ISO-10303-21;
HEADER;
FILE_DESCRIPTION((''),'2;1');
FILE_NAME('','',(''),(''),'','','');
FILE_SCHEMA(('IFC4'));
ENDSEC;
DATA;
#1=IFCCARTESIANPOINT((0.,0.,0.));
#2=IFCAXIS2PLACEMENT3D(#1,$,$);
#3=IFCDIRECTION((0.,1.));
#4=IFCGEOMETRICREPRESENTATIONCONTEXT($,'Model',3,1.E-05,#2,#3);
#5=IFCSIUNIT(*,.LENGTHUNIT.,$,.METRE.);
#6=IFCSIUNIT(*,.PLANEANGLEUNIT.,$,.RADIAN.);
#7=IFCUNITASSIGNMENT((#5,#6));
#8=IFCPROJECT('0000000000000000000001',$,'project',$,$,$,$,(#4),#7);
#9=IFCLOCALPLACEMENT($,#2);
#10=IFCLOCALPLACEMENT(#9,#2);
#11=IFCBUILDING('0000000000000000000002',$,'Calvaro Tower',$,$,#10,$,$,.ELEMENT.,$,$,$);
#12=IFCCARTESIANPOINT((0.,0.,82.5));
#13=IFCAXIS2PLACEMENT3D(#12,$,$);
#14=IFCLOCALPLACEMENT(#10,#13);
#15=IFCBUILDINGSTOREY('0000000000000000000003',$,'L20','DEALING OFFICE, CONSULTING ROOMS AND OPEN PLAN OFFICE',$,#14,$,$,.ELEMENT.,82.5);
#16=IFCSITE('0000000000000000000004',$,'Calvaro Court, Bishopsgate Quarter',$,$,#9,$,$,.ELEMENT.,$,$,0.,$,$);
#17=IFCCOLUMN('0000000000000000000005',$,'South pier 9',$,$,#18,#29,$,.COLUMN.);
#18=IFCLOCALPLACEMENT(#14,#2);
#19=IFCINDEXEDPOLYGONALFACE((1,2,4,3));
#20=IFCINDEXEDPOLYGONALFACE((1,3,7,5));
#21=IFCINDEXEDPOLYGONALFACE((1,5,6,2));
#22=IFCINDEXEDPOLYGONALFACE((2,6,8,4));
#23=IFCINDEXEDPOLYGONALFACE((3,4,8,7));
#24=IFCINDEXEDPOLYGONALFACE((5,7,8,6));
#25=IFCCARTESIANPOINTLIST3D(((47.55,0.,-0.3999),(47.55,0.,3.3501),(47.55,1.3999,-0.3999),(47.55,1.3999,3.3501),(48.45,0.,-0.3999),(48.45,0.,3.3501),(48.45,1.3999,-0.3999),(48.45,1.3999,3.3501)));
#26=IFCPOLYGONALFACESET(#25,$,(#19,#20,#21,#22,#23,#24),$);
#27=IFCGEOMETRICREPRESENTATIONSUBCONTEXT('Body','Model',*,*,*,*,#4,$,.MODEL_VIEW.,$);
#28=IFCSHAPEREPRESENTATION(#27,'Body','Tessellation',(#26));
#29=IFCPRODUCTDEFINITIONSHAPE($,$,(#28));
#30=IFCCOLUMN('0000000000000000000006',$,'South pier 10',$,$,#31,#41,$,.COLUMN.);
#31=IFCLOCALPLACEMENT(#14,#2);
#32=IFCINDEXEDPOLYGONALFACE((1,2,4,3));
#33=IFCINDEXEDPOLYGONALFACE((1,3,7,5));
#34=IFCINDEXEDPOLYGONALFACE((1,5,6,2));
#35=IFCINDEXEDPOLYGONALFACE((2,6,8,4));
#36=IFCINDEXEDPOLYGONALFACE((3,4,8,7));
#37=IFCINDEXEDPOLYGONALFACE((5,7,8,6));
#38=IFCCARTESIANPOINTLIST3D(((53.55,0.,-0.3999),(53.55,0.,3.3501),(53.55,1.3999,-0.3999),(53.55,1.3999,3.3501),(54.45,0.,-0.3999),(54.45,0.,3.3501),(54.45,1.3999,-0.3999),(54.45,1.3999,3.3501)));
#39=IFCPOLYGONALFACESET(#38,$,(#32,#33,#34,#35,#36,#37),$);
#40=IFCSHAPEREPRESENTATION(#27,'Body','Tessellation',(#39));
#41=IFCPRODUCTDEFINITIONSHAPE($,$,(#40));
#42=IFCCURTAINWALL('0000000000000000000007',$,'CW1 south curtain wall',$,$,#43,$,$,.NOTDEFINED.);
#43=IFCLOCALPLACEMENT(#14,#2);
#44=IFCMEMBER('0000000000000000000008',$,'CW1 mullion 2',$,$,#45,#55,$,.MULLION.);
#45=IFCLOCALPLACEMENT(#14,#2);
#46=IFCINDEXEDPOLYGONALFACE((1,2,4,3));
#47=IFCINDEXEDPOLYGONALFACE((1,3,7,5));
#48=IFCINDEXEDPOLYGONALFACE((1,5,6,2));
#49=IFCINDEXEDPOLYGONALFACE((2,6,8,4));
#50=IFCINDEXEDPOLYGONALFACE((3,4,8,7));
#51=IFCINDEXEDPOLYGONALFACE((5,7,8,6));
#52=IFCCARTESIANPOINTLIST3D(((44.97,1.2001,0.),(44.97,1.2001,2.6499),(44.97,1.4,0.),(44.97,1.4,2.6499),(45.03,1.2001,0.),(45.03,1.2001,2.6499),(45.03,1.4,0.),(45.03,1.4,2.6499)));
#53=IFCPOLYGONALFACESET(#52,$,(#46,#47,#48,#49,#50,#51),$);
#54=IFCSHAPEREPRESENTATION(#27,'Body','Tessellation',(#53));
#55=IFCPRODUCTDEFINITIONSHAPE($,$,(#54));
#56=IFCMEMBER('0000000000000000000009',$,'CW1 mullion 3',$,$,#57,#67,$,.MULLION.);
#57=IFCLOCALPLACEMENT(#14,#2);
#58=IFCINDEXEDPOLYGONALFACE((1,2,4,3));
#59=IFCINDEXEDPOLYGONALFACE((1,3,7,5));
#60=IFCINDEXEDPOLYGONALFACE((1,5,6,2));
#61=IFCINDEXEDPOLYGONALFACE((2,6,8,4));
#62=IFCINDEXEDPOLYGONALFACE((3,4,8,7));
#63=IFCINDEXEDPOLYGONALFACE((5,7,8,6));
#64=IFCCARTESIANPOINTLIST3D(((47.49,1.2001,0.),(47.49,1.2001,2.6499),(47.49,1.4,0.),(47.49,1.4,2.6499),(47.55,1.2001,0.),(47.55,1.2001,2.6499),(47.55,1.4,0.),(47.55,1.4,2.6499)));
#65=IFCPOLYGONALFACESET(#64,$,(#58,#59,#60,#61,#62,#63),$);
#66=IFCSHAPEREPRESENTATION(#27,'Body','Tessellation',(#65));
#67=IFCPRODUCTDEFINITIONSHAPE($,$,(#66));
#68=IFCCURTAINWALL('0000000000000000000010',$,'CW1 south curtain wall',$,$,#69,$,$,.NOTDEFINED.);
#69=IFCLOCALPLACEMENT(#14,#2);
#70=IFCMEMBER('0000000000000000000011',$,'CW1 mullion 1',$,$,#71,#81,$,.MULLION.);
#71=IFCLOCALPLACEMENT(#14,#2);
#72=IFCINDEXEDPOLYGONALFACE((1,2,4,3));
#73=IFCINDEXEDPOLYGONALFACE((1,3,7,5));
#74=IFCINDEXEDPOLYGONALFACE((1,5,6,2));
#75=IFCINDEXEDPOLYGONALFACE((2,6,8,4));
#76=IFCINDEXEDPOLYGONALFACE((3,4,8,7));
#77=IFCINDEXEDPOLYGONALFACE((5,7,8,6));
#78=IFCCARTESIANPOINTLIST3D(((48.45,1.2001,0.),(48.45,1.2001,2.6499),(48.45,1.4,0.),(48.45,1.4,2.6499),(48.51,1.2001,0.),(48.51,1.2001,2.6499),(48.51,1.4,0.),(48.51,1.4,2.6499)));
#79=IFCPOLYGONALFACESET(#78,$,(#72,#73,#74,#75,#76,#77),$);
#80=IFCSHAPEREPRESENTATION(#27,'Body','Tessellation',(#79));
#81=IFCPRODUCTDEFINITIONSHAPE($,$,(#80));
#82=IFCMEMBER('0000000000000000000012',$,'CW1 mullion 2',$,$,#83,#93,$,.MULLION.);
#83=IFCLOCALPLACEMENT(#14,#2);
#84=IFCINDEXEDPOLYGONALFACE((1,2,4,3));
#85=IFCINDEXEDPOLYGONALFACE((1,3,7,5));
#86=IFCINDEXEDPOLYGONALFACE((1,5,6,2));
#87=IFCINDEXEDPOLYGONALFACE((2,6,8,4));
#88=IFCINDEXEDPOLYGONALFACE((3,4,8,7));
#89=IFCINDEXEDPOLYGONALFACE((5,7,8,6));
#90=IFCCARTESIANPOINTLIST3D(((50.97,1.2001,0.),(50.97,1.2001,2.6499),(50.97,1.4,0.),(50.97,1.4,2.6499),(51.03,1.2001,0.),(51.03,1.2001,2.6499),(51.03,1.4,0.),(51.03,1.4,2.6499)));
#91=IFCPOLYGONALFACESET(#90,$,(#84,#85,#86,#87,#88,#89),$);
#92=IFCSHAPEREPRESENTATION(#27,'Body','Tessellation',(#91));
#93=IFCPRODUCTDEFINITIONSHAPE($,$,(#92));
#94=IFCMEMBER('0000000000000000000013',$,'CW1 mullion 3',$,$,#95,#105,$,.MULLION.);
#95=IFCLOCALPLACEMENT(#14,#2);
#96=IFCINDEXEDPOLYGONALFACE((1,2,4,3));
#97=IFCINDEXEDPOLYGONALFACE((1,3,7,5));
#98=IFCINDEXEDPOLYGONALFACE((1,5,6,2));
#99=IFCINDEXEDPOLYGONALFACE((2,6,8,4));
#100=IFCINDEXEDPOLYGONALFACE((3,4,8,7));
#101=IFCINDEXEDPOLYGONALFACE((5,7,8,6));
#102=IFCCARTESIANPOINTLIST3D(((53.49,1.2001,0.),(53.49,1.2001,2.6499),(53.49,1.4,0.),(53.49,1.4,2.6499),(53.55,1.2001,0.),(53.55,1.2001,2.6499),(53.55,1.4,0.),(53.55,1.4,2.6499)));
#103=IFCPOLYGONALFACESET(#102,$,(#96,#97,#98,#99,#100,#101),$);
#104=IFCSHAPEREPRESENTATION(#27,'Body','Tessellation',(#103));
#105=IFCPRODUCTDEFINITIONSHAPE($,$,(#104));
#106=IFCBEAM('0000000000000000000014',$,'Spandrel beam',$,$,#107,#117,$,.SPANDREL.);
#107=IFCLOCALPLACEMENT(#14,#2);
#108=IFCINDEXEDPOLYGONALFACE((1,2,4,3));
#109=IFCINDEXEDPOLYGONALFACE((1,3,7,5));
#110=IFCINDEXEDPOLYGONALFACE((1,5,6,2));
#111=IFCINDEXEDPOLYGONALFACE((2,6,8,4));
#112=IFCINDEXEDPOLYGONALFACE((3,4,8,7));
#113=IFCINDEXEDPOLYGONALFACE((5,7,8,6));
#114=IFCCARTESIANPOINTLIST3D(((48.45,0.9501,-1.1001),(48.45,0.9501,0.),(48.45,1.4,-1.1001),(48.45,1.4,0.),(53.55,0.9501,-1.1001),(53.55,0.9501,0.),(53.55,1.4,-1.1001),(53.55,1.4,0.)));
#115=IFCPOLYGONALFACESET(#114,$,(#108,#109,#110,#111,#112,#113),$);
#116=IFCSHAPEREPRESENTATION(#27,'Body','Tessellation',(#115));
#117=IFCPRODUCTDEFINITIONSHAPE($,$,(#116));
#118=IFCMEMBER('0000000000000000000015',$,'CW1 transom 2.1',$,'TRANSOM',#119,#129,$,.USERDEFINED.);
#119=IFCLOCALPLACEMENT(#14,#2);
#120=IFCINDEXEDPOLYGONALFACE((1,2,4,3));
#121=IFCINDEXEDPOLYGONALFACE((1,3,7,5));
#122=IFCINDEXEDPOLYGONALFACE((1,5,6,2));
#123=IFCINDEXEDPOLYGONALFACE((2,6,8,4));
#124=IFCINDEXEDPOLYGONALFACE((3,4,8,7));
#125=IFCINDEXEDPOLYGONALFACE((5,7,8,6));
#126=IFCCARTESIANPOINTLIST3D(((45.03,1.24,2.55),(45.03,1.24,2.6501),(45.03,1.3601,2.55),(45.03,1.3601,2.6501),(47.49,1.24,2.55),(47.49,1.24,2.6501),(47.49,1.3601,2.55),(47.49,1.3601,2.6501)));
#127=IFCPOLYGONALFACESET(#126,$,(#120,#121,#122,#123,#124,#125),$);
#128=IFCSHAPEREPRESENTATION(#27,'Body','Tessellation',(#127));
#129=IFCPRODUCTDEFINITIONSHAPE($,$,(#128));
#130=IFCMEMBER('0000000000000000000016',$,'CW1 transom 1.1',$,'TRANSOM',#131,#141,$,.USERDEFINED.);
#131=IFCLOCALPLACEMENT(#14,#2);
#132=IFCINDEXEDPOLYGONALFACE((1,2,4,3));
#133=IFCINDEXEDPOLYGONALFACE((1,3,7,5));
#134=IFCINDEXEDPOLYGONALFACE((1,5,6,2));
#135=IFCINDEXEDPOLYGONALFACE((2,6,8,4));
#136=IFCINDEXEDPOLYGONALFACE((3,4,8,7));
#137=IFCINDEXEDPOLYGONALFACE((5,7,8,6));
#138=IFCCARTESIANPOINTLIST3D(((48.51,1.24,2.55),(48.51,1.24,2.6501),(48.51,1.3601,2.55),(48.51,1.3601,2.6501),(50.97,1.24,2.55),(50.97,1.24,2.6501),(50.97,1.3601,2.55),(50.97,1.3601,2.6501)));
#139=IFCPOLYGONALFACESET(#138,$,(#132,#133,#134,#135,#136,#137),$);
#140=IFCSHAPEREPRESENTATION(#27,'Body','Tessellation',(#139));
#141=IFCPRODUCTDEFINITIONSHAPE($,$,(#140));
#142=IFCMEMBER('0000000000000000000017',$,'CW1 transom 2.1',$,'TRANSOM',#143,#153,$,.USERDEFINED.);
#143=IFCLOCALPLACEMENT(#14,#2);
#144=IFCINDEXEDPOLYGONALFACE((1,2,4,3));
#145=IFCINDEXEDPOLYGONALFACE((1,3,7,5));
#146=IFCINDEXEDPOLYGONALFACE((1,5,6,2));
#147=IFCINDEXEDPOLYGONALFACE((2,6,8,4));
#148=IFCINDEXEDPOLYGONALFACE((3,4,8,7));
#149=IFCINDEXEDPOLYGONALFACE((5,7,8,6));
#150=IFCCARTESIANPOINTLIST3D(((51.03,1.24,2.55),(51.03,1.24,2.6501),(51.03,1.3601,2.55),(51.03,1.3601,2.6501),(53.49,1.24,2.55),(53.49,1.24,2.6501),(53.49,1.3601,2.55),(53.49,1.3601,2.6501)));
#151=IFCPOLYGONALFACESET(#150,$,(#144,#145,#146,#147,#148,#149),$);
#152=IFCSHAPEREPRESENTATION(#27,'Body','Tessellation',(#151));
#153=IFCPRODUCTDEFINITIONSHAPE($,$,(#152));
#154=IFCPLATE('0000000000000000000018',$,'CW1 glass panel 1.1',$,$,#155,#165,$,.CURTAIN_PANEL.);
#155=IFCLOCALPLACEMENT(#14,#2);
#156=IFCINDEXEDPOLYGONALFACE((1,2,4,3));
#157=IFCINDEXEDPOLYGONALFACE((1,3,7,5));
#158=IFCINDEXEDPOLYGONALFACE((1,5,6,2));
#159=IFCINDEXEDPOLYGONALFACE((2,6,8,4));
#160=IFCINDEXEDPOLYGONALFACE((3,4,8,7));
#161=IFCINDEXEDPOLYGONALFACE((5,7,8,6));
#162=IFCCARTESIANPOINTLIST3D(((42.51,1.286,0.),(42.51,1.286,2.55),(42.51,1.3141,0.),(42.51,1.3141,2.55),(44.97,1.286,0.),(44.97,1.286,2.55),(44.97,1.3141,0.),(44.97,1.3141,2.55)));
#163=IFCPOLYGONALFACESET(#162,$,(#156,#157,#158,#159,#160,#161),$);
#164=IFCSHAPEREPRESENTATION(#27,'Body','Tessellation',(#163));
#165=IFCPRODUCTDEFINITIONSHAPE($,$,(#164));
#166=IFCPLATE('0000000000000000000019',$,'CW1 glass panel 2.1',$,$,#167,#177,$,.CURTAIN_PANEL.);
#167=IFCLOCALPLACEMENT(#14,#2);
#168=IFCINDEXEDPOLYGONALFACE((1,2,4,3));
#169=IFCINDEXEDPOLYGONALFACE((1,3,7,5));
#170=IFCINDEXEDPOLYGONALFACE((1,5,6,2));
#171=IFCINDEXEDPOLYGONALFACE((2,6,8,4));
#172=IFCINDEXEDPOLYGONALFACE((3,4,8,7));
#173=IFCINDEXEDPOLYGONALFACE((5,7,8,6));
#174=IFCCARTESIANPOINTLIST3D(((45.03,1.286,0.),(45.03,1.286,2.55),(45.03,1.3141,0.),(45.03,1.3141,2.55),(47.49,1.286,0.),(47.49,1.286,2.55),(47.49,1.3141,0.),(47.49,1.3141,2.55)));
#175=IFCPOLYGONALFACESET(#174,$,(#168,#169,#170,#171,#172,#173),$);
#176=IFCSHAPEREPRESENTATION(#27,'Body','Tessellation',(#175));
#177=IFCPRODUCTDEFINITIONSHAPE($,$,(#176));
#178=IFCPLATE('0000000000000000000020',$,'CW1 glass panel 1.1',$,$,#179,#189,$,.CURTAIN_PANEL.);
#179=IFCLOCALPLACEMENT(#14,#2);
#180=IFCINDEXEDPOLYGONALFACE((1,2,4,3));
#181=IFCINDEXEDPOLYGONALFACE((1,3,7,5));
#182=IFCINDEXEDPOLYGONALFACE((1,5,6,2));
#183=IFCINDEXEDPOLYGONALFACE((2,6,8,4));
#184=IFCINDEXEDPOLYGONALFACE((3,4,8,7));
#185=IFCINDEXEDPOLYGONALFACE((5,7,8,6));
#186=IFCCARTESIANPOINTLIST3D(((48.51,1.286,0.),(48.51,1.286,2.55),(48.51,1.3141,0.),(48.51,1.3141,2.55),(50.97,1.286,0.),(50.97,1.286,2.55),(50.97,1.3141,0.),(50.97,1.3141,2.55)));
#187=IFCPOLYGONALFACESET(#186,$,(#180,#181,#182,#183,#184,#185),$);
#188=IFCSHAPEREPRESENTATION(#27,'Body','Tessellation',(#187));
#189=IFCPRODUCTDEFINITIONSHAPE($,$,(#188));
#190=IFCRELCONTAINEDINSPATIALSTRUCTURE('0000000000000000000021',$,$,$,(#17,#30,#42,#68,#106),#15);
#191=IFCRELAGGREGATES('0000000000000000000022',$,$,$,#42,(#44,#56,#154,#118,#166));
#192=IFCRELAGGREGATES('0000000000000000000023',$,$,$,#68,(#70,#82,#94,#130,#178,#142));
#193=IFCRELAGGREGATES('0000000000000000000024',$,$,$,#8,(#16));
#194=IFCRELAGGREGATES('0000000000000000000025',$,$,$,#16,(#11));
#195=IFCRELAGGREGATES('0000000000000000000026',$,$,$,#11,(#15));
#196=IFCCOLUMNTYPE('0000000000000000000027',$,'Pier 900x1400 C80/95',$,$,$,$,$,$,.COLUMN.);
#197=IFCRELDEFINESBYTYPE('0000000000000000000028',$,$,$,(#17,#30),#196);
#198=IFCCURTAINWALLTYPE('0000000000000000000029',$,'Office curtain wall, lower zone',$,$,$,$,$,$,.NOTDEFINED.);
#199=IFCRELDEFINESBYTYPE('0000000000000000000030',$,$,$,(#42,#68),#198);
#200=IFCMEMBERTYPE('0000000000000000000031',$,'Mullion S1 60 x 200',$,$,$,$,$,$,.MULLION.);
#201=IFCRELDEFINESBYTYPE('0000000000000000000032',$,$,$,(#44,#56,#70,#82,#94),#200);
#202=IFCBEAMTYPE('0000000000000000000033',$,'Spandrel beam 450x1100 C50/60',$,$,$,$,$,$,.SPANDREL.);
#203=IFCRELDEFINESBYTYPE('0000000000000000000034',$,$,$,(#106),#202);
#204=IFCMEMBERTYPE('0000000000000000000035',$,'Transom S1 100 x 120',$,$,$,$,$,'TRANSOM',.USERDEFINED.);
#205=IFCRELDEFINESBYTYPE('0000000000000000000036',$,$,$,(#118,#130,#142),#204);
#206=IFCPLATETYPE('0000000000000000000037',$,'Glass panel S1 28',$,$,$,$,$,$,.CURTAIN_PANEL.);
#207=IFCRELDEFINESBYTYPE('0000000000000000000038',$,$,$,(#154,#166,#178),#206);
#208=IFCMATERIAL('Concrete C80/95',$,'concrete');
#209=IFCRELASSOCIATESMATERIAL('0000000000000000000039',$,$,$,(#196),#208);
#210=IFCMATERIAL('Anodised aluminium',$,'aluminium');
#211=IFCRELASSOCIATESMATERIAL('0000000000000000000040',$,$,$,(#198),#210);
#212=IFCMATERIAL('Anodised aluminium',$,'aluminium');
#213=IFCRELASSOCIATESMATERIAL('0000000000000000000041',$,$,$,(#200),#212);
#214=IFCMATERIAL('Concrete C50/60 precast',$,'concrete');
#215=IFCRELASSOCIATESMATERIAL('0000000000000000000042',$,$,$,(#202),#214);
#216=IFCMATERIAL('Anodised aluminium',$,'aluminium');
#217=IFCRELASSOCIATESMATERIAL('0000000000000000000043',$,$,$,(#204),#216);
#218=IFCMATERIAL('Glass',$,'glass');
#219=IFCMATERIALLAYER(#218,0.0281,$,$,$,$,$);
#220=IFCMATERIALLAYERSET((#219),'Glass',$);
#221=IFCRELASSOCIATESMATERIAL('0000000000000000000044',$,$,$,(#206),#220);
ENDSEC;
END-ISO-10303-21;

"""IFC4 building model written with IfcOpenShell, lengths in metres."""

from ifc_helpers import new_model, si_unit, direction, frame, origin, origin_2d, place, context, subcontext, project, spatial, rectangle, extrude, material, layer, layer_set, material_profile, profile_set, type_object, element, aggregate, save


model = new_model("IFC4")

# Units and contexts
model_context = context("Model", 3, precision=1e-05, world=origin(), true_north=direction((0.0, 1.0)))
body_context = subcontext(model_context, "Body", "Model", "MODEL_VIEW")
ifc_project = project(units=[si_unit("LENGTHUNIT", "METRE"), si_unit("PLANEANGLEUNIT", "RADIAN")], contexts=[model_context])

# Site, building, storey
site_placement = place(None, origin())
site = spatial("IfcSite", under=ifc_project, at=site_placement, Name="Calvaro Court, Bishopsgate Quarter", CompositionType="ELEMENT", RefElevation=0.0)
building_placement = place(site_placement, origin())
building = spatial("IfcBuilding", under=site, at=building_placement, Name="Calvaro Tower", CompositionType="ELEMENT")
storey_placement = place(building_placement, frame((0.0, 0.0, 82.5)))
storey = spatial("IfcBuildingStorey", under=building, at=storey_placement, Name="L20", Description="DEALING OFFICE, CONSULTING ROOMS AND OPEN PLAN OFFICE", CompositionType="ELEMENT", Elevation=82.5)

# Columns
ifc_material_1 = material(Name="Concrete C80/95", Category="concrete")
ifc_material_profile_1 = material_profile(ifc_material_1, rectangle(XDim=0.8999, YDim=1.3999, at=origin_2d()), Name="RC 900x1400")
ifc_profile_set_1 = profile_set([ifc_material_profile_1], Name="Concrete C80/95")
column_type = type_object("IfcColumnType", Name="Pier 900x1400 C80/95", PredefinedType="COLUMN", material=ifc_profile_set_1)
for number, where, z_axis, x_axis, name in (
    (1, (48.0, 0.7, -0.3999), (0.0, 0.0, 1.0), (1.0, 0.0, 0.0), "South pier 9"),
    (2, (54.0, 0.7, -0.3999), (0.0, 0.0, 1.0), (1.0, 0.0, 0.0), "South pier 10"),
):
    element("IfcColumn", number, at=place(storey_placement, frame(where, z_axis=z_axis, x_axis=x_axis)), inside=storey, type_object=column_type, Name=name, PredefinedType="COLUMN", context=body_context, shape_type="SweptSolid", body=[
        extrude(rectangle(XDim=0.8999, YDim=1.3999, at=origin_2d()), origin(), (0.0, 0.0, 1.0), 3.75),
    ])

# Curtain walls, members
ifc_material_2 = material(Name="Anodised aluminium", Category="aluminium")
curtain_wall_type = type_object("IfcCurtainWallType", Name="Office curtain wall, lower zone", PredefinedType="NOTDEFINED", material=ifc_material_2)
curtain_wall_1_placement = place(storey_placement, origin())
curtain_wall_1 = element("IfcCurtainWall", 3, at=curtain_wall_1_placement, inside=storey, type_object=curtain_wall_type, Name="CW1 south curtain wall", PredefinedType="NOTDEFINED")
ifc_material_3 = material(Name="Anodised aluminium", Category="aluminium")
ifc_material_profile_2 = material_profile(ifc_material_3, rectangle(XDim=0.2, YDim=0.0601, at=origin_2d()), Name="Mullion S1 60 x 200")
ifc_profile_set_2 = profile_set([ifc_material_profile_2], Name="Anodised aluminium")
member_type_1 = type_object("IfcMemberType", Name="Mullion S1 60 x 200", PredefinedType="MULLION", material=ifc_profile_set_2)
member_1_placement = place(storey_placement, frame((45.0, 1.3, 0.0), z_axis=(0.0, 0.0, 1.0), x_axis=(0.0, 1.0, 0.0)))
member_1 = element("IfcMember", 4, at=member_1_placement, type_object=member_type_1, Name="CW1 mullion 2", PredefinedType="MULLION", context=body_context, shape_type="SweptSolid", body=[
    extrude(rectangle(XDim=0.2, YDim=0.0601, at=origin_2d()), origin(), (0.0, 0.0, 1.0), 2.6499),
])
member_2_placement = place(storey_placement, frame((47.52, 1.3, 0.0), z_axis=(0.0, 0.0, 1.0), x_axis=(0.0, 1.0, 0.0)))
member_2 = element("IfcMember", 5, at=member_2_placement, type_object=member_type_1, Name="CW1 mullion 3", PredefinedType="MULLION", context=body_context, shape_type="SweptSolid", body=[
    extrude(rectangle(XDim=0.2, YDim=0.0601, at=origin_2d()), origin(), (0.0, 0.0, 1.0), 2.6499),
])
curtain_wall_2_placement = place(storey_placement, origin())
curtain_wall_2 = element("IfcCurtainWall", 6, at=curtain_wall_2_placement, inside=storey, type_object=curtain_wall_type, Name="CW1 south curtain wall", PredefinedType="NOTDEFINED")
member_3_placement = place(storey_placement, frame((48.48, 1.3, 0.0), z_axis=(0.0, 0.0, 1.0), x_axis=(0.0, 1.0, 0.0)))
member_3 = element("IfcMember", 7, at=member_3_placement, type_object=member_type_1, Name="CW1 mullion 1", PredefinedType="MULLION", context=body_context, shape_type="SweptSolid", body=[
    extrude(rectangle(XDim=0.2, YDim=0.0601, at=origin_2d()), origin(), (0.0, 0.0, 1.0), 2.6499),
])
member_4_placement = place(storey_placement, frame((51.0, 1.3, 0.0), z_axis=(0.0, 0.0, 1.0), x_axis=(0.0, 1.0, 0.0)))
member_4 = element("IfcMember", 8, at=member_4_placement, type_object=member_type_1, Name="CW1 mullion 2", PredefinedType="MULLION", context=body_context, shape_type="SweptSolid", body=[
    extrude(rectangle(XDim=0.2, YDim=0.0601, at=origin_2d()), origin(), (0.0, 0.0, 1.0), 2.6499),
])
member_5_placement = place(storey_placement, frame((53.52, 1.3, 0.0), z_axis=(0.0, 0.0, 1.0), x_axis=(0.0, 1.0, 0.0)))
member_5 = element("IfcMember", 9, at=member_5_placement, type_object=member_type_1, Name="CW1 mullion 3", PredefinedType="MULLION", context=body_context, shape_type="SweptSolid", body=[
    extrude(rectangle(XDim=0.2, YDim=0.0601, at=origin_2d()), origin(), (0.0, 0.0, 1.0), 2.6499),
])

# Beam
ifc_material_4 = material(Name="Concrete C50/60 precast", Category="concrete")
ifc_material_profile_3 = material_profile(ifc_material_4, rectangle(XDim=0.45, YDim=1.1001, at=origin_2d()), Name="RC 450x1100")
ifc_profile_set_3 = profile_set([ifc_material_profile_3], Name="Concrete C50/60 precast")
beam_type = type_object("IfcBeamType", Name="Spandrel beam 450x1100 C50/60", PredefinedType="SPANDREL", material=ifc_profile_set_3)
beam_placement = place(storey_placement, frame((48.45, 1.175, -0.55), z_axis=(1.0, 0.0, 0.0), x_axis=(0.0, 1.0, 0.0)))
element("IfcBeam", 10, at=beam_placement, inside=storey, type_object=beam_type, Name="Spandrel beam", PredefinedType="SPANDREL", context=body_context, shape_type="SweptSolid", body=[
    extrude(rectangle(XDim=0.45, YDim=1.1001, at=origin_2d()), origin(), (0.0, 0.0, 1.0), 5.1001),
])

# Members
ifc_material_5 = material(Name="Anodised aluminium", Category="aluminium")
ifc_material_profile_4 = material_profile(ifc_material_5, rectangle(XDim=0.1201, YDim=0.1001, at=origin_2d()), Name="Transom S1 100 x 120")
ifc_profile_set_4 = profile_set([ifc_material_profile_4], Name="Anodised aluminium")
member_type_2 = type_object("IfcMemberType", Name="Transom S1 100 x 120", ElementType="TRANSOM", PredefinedType="USERDEFINED", material=ifc_profile_set_4)
member_6_placement = place(storey_placement, frame((45.03, 1.3, 2.6001), z_axis=(1.0, 0.0, 0.0), x_axis=(0.0, 1.0, 0.0)))
member_6 = element("IfcMember", 11, at=member_6_placement, type_object=member_type_2, Name="CW1 transom 2.1", ObjectType="TRANSOM", PredefinedType="USERDEFINED", context=body_context, shape_type="SweptSolid", body=[
    extrude(rectangle(XDim=0.1201, YDim=0.1001, at=origin_2d()), origin(), (0.0, 0.0, 1.0), 2.46),
])
member_7_placement = place(storey_placement, frame((48.51, 1.3, 2.6001), z_axis=(1.0, 0.0, 0.0), x_axis=(0.0, 1.0, 0.0)))
member_7 = element("IfcMember", 12, at=member_7_placement, type_object=member_type_2, Name="CW1 transom 1.1", ObjectType="TRANSOM", PredefinedType="USERDEFINED", context=body_context, shape_type="SweptSolid", body=[
    extrude(rectangle(XDim=0.1201, YDim=0.1001, at=origin_2d()), origin(), (0.0, 0.0, 1.0), 2.46),
])
member_8_placement = place(storey_placement, frame((51.03, 1.3, 2.6001), z_axis=(1.0, 0.0, 0.0), x_axis=(0.0, 1.0, 0.0)))
member_8 = element("IfcMember", 13, at=member_8_placement, type_object=member_type_2, Name="CW1 transom 2.1", ObjectType="TRANSOM", PredefinedType="USERDEFINED", context=body_context, shape_type="SweptSolid", body=[
    extrude(rectangle(XDim=0.1201, YDim=0.1001, at=origin_2d()), origin(), (0.0, 0.0, 1.0), 2.46),
])

# Plates
ifc_material_6 = material(Name="Glass", Category="glass")
ifc_layer_1 = layer(ifc_material_6, 0.0281)
ifc_layer_set_1 = layer_set([ifc_layer_1], Name="Glass")
plate_type = type_object("IfcPlateType", Name="Glass panel S1 28", PredefinedType="CURTAIN_PANEL", material=ifc_layer_set_1)
plate_1_placement = place(storey_placement, frame((43.74, 1.3, 0.0), z_axis=(0.0, 0.0, 1.0), x_axis=(1.0, 0.0, 0.0)))
plate_1 = element("IfcPlate", 14, at=plate_1_placement, type_object=plate_type, Name="CW1 glass panel 1.1", PredefinedType="CURTAIN_PANEL", context=body_context, shape_type="SweptSolid", body=[
    extrude(rectangle(XDim=2.46, YDim=0.0281, at=origin_2d()), origin(), (0.0, 0.0, 1.0), 2.55),
])
plate_2_placement = place(storey_placement, frame((46.26, 1.3, 0.0), z_axis=(0.0, 0.0, 1.0), x_axis=(1.0, 0.0, 0.0)))
plate_2 = element("IfcPlate", 15, at=plate_2_placement, type_object=plate_type, Name="CW1 glass panel 2.1", PredefinedType="CURTAIN_PANEL", context=body_context, shape_type="SweptSolid", body=[
    extrude(rectangle(XDim=2.46, YDim=0.0281, at=origin_2d()), origin(), (0.0, 0.0, 1.0), 2.55),
])
aggregate(curtain_wall_1, [member_1, member_2, plate_1, member_6, plate_2])
plate_3_placement = place(storey_placement, frame((49.74, 1.3, 0.0), z_axis=(0.0, 0.0, 1.0), x_axis=(1.0, 0.0, 0.0)))
plate_3 = element("IfcPlate", 16, at=plate_3_placement, type_object=plate_type, Name="CW1 glass panel 1.1", PredefinedType="CURTAIN_PANEL", context=body_context, shape_type="SweptSolid", body=[
    extrude(rectangle(XDim=2.46, YDim=0.0281, at=origin_2d()), origin(), (0.0, 0.0, 1.0), 2.55),
])
aggregate(curtain_wall_2, [member_3, member_4, member_5, member_7, plate_3, member_8])

save(model, "model.ifc")
